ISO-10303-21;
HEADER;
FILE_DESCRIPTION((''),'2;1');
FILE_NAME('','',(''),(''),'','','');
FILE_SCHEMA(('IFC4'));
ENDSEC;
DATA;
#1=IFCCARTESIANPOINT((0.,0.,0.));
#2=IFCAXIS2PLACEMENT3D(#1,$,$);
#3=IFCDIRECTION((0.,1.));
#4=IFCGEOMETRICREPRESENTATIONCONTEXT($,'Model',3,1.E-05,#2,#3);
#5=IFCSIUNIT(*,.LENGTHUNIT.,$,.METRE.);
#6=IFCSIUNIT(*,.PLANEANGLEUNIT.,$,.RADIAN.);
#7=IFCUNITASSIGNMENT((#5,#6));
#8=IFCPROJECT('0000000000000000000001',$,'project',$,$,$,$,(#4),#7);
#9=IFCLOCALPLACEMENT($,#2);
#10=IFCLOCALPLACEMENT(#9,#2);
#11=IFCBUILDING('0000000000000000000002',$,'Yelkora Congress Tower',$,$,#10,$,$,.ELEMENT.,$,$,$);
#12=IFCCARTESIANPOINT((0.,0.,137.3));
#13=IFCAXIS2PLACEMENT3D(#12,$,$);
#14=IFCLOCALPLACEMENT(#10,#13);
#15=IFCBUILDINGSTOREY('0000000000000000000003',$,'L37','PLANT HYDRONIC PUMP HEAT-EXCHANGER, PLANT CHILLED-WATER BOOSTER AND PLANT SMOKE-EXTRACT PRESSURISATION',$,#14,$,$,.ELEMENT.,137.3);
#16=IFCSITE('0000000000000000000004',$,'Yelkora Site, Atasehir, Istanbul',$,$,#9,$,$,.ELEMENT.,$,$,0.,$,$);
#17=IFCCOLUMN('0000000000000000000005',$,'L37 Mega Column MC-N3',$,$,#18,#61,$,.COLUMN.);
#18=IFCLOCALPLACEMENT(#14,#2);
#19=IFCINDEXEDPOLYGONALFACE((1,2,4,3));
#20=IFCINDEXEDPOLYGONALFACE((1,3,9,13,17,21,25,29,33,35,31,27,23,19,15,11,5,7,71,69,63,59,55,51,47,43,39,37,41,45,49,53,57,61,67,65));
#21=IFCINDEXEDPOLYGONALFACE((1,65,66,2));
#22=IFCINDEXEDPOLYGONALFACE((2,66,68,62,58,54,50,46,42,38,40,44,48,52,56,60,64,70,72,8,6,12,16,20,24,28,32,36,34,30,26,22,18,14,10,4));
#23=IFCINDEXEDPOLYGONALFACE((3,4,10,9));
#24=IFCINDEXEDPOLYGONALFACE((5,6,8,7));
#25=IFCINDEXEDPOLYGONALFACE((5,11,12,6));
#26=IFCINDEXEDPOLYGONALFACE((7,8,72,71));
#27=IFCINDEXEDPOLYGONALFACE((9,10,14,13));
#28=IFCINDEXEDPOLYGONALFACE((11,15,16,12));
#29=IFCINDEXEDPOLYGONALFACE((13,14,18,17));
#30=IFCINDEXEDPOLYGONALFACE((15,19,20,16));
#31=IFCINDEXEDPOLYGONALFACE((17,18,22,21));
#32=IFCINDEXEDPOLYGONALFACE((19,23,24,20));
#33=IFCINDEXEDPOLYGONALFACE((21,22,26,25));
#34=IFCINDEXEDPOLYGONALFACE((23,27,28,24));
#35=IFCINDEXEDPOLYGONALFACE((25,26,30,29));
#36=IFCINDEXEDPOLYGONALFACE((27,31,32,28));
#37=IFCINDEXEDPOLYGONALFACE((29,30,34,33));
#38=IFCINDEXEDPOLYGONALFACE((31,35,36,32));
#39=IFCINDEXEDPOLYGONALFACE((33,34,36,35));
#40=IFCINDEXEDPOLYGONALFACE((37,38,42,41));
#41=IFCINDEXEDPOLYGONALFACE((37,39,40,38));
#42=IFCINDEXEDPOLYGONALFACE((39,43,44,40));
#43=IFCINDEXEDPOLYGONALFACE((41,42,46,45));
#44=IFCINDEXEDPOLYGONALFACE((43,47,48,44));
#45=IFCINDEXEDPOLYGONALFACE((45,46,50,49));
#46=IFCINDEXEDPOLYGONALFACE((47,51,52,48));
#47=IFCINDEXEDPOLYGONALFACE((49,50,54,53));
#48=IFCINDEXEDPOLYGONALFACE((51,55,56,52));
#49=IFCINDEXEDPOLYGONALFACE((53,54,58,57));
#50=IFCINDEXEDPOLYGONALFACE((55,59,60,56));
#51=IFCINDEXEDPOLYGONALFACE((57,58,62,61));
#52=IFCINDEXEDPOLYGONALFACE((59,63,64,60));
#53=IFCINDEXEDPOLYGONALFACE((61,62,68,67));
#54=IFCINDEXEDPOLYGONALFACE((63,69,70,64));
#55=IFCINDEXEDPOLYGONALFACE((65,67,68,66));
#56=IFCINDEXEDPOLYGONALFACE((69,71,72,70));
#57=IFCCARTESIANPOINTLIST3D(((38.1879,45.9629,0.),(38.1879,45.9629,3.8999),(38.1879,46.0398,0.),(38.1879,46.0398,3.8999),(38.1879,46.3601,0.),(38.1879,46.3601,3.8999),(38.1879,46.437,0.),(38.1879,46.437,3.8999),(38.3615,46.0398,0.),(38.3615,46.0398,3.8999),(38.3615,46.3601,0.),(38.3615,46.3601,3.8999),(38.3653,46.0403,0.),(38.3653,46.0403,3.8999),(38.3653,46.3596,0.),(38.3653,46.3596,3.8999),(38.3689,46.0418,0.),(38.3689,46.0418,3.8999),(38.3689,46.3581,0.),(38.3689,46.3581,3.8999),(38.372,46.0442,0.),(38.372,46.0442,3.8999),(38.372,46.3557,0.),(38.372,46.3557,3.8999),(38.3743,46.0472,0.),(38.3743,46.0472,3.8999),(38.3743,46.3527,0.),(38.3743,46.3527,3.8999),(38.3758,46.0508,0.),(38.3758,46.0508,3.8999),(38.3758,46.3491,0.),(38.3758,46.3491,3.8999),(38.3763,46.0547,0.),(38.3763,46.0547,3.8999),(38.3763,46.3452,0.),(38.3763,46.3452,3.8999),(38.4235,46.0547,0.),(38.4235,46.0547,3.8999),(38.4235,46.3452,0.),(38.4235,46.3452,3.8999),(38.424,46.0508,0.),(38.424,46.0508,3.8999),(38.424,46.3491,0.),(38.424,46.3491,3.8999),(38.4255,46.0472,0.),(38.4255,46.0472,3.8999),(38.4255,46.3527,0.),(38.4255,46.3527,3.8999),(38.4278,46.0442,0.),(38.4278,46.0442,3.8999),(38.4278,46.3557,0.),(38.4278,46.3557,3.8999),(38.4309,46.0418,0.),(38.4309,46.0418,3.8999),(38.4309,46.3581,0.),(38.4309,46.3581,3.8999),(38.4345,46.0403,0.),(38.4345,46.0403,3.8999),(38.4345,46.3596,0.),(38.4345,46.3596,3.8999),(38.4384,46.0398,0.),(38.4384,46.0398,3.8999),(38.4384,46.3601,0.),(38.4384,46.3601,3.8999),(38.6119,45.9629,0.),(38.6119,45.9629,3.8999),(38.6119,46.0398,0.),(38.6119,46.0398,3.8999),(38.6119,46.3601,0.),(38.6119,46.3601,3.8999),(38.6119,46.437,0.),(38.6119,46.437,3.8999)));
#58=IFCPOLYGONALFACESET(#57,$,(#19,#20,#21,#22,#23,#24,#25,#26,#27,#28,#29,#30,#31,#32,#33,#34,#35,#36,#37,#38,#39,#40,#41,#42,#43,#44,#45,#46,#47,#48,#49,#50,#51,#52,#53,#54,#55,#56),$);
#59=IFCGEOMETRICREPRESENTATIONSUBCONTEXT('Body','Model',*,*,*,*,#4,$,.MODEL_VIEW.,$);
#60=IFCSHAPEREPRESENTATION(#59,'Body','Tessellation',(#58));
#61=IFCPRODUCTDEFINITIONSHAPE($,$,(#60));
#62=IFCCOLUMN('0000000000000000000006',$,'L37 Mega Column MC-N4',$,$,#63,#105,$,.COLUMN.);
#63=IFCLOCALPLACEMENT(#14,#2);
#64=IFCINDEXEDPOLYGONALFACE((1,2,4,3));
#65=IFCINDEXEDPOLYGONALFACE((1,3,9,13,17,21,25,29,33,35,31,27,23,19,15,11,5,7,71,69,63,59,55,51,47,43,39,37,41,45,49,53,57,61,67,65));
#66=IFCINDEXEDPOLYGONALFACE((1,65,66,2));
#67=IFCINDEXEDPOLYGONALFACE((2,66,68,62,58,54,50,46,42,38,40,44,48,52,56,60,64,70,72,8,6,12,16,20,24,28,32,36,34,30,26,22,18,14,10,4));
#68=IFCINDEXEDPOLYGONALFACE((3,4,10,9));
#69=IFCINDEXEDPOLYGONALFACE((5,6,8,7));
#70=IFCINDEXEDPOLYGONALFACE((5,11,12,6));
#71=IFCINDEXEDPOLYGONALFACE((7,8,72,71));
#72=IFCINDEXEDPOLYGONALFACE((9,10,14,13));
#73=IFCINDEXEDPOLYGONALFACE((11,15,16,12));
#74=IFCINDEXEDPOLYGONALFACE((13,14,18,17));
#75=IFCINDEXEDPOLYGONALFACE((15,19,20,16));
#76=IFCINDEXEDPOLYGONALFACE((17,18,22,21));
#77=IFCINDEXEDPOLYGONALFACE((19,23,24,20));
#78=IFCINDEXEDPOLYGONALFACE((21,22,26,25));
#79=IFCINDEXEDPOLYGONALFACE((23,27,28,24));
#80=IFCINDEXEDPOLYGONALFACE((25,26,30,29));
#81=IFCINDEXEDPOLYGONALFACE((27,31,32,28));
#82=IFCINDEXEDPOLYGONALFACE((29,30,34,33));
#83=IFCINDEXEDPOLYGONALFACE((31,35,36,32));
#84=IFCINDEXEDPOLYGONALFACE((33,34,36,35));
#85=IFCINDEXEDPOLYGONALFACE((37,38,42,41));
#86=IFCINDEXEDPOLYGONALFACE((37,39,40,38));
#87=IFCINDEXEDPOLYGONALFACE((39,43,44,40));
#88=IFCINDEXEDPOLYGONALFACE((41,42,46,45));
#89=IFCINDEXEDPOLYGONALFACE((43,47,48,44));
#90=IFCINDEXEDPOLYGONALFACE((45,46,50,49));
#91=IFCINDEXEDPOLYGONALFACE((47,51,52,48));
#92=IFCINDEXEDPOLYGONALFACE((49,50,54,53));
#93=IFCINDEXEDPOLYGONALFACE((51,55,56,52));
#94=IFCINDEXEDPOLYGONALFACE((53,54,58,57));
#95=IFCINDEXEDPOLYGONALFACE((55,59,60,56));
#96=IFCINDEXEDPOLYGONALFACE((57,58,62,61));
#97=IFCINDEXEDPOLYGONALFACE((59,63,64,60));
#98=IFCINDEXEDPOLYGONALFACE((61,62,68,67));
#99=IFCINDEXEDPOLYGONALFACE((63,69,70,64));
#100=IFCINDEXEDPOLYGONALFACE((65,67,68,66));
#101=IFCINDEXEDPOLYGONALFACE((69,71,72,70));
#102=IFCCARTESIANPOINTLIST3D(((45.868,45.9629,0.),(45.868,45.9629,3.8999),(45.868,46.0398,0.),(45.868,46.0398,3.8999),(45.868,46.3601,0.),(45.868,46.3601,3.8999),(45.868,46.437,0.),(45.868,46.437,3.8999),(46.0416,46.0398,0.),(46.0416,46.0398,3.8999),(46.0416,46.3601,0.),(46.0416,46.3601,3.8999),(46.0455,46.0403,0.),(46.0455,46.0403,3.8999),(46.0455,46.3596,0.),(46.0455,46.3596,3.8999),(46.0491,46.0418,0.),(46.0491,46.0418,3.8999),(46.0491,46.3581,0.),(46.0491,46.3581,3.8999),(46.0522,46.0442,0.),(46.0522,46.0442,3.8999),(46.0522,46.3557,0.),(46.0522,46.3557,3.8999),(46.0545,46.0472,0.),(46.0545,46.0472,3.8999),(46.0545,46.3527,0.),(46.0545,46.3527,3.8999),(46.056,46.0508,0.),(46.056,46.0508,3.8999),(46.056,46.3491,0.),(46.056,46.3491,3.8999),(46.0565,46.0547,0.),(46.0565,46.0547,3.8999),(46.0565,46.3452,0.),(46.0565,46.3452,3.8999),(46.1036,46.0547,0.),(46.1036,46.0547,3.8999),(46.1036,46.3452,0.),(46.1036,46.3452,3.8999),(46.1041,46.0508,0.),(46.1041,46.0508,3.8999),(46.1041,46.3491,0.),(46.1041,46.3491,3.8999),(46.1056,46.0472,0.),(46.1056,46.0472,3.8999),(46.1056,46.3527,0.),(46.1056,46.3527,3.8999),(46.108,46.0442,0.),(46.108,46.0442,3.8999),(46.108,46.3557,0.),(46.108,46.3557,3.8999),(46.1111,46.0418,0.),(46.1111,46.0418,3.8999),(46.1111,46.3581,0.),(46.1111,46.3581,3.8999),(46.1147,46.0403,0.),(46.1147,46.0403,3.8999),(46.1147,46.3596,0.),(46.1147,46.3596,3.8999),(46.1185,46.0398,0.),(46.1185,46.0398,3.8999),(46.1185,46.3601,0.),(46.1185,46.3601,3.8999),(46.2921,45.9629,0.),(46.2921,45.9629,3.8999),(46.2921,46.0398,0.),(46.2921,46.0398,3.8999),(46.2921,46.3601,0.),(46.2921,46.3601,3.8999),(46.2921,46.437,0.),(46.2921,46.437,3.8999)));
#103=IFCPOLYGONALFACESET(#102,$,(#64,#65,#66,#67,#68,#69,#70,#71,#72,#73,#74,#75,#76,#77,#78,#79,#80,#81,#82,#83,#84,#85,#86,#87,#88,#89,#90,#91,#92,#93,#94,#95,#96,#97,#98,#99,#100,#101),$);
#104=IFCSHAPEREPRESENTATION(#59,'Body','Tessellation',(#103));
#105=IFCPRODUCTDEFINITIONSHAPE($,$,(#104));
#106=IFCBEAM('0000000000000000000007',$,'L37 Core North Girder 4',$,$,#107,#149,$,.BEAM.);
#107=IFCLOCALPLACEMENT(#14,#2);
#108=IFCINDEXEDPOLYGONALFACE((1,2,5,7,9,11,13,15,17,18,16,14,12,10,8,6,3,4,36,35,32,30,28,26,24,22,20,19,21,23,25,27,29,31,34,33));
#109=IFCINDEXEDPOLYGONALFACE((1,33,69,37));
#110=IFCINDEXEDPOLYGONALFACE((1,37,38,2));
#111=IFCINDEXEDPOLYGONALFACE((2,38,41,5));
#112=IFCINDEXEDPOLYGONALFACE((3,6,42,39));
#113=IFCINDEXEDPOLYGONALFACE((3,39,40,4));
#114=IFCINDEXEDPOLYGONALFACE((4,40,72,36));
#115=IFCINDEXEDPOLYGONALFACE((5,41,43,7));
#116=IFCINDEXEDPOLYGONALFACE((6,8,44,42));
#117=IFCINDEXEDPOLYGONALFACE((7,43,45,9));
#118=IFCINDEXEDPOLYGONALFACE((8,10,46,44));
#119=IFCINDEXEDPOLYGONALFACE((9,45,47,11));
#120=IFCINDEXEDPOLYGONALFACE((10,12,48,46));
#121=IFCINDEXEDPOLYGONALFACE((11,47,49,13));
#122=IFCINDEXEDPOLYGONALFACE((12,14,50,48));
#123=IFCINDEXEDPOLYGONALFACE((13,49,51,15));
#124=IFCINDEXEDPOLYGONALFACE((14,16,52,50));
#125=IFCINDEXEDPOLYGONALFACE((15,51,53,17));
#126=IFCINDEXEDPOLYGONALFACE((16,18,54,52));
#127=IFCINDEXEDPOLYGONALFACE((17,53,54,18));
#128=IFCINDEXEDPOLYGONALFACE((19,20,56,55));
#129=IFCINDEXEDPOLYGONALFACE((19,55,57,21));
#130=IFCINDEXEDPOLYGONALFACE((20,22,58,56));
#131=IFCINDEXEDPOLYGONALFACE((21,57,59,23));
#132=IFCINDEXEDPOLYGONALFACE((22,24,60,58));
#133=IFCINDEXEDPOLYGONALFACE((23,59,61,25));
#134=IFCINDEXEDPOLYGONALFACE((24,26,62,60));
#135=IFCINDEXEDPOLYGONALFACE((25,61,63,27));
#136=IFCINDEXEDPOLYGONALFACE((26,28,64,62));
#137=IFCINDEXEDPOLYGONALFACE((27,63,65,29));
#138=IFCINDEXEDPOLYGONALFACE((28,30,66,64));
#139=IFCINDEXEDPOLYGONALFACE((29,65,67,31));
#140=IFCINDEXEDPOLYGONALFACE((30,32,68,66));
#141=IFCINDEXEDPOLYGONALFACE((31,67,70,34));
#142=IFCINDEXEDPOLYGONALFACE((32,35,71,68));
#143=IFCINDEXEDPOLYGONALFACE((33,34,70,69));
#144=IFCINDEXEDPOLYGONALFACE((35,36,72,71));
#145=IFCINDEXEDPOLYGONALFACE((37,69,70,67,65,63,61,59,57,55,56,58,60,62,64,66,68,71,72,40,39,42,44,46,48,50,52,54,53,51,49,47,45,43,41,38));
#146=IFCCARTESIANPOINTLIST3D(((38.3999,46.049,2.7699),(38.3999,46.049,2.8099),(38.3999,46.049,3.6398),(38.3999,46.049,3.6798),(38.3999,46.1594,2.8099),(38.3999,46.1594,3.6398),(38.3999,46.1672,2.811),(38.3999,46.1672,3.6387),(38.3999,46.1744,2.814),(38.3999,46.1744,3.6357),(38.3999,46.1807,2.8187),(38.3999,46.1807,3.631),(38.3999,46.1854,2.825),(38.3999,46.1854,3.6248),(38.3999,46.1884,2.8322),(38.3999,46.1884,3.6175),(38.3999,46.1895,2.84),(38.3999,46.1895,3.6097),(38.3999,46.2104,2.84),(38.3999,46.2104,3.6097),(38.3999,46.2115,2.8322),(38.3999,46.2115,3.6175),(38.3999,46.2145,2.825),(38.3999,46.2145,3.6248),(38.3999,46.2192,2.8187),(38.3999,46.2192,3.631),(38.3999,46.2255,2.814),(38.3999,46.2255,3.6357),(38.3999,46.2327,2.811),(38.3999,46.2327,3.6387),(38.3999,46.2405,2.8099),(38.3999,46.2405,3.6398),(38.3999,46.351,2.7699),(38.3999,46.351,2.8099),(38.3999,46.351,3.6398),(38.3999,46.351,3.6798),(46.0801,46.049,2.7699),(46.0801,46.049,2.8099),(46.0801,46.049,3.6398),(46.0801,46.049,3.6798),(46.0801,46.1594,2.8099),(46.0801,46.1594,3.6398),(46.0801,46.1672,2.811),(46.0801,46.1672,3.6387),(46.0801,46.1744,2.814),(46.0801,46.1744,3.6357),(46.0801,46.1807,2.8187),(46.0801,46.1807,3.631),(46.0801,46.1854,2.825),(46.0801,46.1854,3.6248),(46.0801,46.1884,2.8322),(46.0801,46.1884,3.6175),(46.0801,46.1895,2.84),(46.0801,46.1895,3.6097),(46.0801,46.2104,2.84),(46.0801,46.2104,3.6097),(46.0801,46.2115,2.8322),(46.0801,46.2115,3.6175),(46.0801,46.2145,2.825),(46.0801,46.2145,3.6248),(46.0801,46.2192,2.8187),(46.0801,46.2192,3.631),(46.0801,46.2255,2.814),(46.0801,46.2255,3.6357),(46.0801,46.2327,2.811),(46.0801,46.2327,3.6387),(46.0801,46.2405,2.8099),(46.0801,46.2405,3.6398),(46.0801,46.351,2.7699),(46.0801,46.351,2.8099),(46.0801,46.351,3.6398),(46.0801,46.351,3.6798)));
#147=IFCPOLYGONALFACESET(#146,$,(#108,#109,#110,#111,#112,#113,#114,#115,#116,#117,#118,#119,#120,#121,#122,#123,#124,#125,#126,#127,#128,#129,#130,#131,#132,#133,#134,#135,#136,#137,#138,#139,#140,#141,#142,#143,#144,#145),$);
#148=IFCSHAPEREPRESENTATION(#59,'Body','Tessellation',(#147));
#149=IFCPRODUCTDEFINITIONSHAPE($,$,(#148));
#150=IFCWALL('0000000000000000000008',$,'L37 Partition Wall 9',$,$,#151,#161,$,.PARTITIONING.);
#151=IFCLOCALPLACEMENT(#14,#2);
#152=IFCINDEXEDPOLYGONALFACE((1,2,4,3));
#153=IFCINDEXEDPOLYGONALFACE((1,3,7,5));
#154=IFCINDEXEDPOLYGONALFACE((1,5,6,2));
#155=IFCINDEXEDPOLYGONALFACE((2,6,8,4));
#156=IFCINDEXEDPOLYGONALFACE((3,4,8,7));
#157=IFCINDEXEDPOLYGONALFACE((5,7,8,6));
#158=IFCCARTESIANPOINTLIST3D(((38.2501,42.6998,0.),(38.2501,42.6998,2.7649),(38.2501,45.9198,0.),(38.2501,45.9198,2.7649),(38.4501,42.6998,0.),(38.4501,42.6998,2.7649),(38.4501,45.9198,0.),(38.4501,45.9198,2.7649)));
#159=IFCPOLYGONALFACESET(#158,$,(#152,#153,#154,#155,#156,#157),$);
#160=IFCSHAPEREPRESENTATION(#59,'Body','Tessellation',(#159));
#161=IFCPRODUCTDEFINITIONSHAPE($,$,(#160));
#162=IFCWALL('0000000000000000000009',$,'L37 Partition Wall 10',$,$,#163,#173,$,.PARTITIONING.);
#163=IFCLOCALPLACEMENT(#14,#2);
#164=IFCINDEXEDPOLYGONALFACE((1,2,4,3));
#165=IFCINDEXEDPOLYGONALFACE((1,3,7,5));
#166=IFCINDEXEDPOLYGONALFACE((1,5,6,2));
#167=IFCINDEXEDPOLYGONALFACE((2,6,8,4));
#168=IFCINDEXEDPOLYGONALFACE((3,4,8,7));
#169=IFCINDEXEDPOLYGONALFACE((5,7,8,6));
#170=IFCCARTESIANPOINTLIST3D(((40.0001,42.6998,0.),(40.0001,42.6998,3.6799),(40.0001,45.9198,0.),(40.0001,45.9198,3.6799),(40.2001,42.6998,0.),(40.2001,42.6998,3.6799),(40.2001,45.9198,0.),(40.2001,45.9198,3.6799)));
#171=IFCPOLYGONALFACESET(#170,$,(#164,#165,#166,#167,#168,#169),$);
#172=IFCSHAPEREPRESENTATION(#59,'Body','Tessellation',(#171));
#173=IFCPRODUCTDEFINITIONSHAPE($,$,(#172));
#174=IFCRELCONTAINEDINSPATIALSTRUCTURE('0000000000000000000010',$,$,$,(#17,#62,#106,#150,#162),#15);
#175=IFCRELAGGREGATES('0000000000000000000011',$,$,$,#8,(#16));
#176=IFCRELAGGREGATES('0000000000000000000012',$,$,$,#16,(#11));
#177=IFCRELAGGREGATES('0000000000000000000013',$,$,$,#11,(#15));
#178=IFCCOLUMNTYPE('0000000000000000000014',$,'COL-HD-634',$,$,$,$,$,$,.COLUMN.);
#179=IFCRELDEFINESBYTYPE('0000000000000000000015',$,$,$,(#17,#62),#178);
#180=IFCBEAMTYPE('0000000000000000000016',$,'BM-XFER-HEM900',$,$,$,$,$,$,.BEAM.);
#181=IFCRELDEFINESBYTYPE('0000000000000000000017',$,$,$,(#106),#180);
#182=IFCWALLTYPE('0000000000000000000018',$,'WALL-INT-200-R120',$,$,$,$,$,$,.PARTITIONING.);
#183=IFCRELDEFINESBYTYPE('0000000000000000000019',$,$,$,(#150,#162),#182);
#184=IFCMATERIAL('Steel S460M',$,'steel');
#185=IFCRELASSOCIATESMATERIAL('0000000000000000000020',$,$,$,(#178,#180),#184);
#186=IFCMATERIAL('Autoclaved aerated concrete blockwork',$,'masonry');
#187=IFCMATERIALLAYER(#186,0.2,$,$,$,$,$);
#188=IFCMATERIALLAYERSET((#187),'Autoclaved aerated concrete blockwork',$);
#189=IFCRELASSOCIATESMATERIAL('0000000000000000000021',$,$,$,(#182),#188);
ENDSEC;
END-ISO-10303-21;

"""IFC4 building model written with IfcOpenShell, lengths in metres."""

from ifc_helpers import new_model, si_unit, direction, frame, frame_2d, origin, origin_2d, place, context, subcontext, project, spatial, rectangle, i_section, extrude, material, layer, layer_set, material_profile, profile_set, type_object, element, save


model = new_model("IFC4")

# Units and contexts
model_context = context("Model", 3, precision=1e-05, world=origin(), true_north=direction((0.0, 1.0)))
body_context = subcontext(model_context, "Body", "Model", "MODEL_VIEW")
ifc_project = project(units=[si_unit("LENGTHUNIT", "METRE"), si_unit("PLANEANGLEUNIT", "RADIAN")], contexts=[model_context])

# Site, building, storey
site_placement = place(None, origin())
site = spatial("IfcSite", under=ifc_project, at=site_placement, Name="Yelkora Site, Atasehir, Istanbul", CompositionType="ELEMENT", RefElevation=0.0)
building_placement = place(site_placement, origin())
building = spatial("IfcBuilding", under=site, at=building_placement, Name="Yelkora Congress Tower", CompositionType="ELEMENT")
storey_placement = place(building_placement, frame((0.0, 0.0, 137.3)))
storey = spatial("IfcBuildingStorey", under=building, at=storey_placement, Name="L37", Description="PLANT HYDRONIC PUMP HEAT-EXCHANGER, PLANT CHILLED-WATER BOOSTER AND PLANT SMOKE-EXTRACT PRESSURISATION", CompositionType="ELEMENT", Elevation=137.3)

# Columns
ifc_material_1 = material(Name="Steel S460M", Category="steel")
ifc_material_profile_1 = material_profile(ifc_material_1, i_section(OverallWidth=0.4241, OverallDepth=0.4741, WebThickness=0.0471, FlangeThickness=0.0769, FilletRadius=0.0149, at=origin_2d()), Name="HD 400x634")
ifc_profile_set_1 = profile_set([ifc_material_profile_1], Name="Steel S460M")
column_type = type_object("IfcColumnType", Name="COL-HD-634", PredefinedType="COLUMN", material=ifc_profile_set_1)
for number, where, z_axis, x_axis, name in (
    (1, (38.3999, 46.2, 0.0), (0.0, 0.0, 1.0), (1.0, 0.0, 0.0), "L37 Mega Column MC-N3"),
    (2, (46.0801, 46.2, 0.0), (0.0, 0.0, 1.0), (1.0, 0.0, 0.0), "L37 Mega Column MC-N4"),
):
    element("IfcColumn", number, at=place(storey_placement, frame(where, z_axis=z_axis, x_axis=x_axis)), inside=storey, type_object=column_type, Name=name, PredefinedType="COLUMN", context=body_context, shape_type="SweptSolid", body=[
        extrude(i_section(OverallWidth=0.4241, OverallDepth=0.4741, WebThickness=0.0471, FlangeThickness=0.0769, FilletRadius=0.0149, at=origin_2d()), origin(), (0.0, 0.0, 1.0), 3.8999),
    ])

# Beam
ifc_material_profile_2 = material_profile(ifc_material_1, i_section(OverallWidth=0.302, OverallDepth=0.9099, WebThickness=0.021, FlangeThickness=0.04, FilletRadius=0.03, at=origin_2d()), Name="HEM 900")
ifc_profile_set_2 = profile_set([ifc_material_profile_2], Name="Steel S460M")
beam_type = type_object("IfcBeamType", Name="BM-XFER-HEM900", PredefinedType="BEAM", material=ifc_profile_set_2)
beam_placement = place(storey_placement, frame((38.3999, 46.2, 3.2249), z_axis=(1.0, 0.0, 0.0), x_axis=(0.0, 1.0, 0.0)))
element("IfcBeam", 3, at=beam_placement, inside=storey, type_object=beam_type, Name="L37 Core North Girder 4", PredefinedType="BEAM", context=body_context, shape_type="SweptSolid", body=[
    extrude(i_section(OverallWidth=0.302, OverallDepth=0.9099, WebThickness=0.021, FlangeThickness=0.04, FilletRadius=0.03, at=origin_2d()), origin(), (0.0, 0.0, 1.0), 7.6802),
])

# Walls
ifc_material_2 = material(Name="Autoclaved aerated concrete blockwork", Category="masonry")
ifc_layer_1 = layer(ifc_material_2, 0.2)
ifc_layer_set_1 = layer_set([ifc_layer_1], Name="Autoclaved aerated concrete blockwork")
wall_type_1 = type_object("IfcWallType", Name="WALL-INT-200-R120", PredefinedType="PARTITIONING", material=ifc_layer_set_1)
wall_1_placement = place(storey_placement, frame((38.3501, 42.7, 0.0), z_axis=(0.0, 0.0, 1.0), x_axis=(0.0, 1.0, 0.0)))
element("IfcWall", 4, at=wall_1_placement, inside=storey, type_object=wall_type_1, Name="L37 Partition Wall 9", PredefinedType="PARTITIONING", context=body_context, shape_type="SweptSolid", body=[
    extrude(rectangle(XDim=3.22, YDim=0.2, at=frame_2d((1.6099, 0.0))), origin(), (0.0, 0.0, 1.0), 2.7649),
])
wall_2_placement = place(storey_placement, frame((40.1001, 42.7, 0.0), z_axis=(0.0, 0.0, 1.0), x_axis=(0.0, 1.0, 0.0)))
element("IfcWall", 5, at=wall_2_placement, inside=storey, type_object=wall_type_1, Name="L37 Partition Wall 10", PredefinedType="PARTITIONING", context=body_context, shape_type="SweptSolid", body=[
    extrude(rectangle(XDim=3.22, YDim=0.2, at=frame_2d((1.6099, 0.0))), origin(), (0.0, 0.0, 1.0), 3.6799),
])

save(model, "model.ifc")
